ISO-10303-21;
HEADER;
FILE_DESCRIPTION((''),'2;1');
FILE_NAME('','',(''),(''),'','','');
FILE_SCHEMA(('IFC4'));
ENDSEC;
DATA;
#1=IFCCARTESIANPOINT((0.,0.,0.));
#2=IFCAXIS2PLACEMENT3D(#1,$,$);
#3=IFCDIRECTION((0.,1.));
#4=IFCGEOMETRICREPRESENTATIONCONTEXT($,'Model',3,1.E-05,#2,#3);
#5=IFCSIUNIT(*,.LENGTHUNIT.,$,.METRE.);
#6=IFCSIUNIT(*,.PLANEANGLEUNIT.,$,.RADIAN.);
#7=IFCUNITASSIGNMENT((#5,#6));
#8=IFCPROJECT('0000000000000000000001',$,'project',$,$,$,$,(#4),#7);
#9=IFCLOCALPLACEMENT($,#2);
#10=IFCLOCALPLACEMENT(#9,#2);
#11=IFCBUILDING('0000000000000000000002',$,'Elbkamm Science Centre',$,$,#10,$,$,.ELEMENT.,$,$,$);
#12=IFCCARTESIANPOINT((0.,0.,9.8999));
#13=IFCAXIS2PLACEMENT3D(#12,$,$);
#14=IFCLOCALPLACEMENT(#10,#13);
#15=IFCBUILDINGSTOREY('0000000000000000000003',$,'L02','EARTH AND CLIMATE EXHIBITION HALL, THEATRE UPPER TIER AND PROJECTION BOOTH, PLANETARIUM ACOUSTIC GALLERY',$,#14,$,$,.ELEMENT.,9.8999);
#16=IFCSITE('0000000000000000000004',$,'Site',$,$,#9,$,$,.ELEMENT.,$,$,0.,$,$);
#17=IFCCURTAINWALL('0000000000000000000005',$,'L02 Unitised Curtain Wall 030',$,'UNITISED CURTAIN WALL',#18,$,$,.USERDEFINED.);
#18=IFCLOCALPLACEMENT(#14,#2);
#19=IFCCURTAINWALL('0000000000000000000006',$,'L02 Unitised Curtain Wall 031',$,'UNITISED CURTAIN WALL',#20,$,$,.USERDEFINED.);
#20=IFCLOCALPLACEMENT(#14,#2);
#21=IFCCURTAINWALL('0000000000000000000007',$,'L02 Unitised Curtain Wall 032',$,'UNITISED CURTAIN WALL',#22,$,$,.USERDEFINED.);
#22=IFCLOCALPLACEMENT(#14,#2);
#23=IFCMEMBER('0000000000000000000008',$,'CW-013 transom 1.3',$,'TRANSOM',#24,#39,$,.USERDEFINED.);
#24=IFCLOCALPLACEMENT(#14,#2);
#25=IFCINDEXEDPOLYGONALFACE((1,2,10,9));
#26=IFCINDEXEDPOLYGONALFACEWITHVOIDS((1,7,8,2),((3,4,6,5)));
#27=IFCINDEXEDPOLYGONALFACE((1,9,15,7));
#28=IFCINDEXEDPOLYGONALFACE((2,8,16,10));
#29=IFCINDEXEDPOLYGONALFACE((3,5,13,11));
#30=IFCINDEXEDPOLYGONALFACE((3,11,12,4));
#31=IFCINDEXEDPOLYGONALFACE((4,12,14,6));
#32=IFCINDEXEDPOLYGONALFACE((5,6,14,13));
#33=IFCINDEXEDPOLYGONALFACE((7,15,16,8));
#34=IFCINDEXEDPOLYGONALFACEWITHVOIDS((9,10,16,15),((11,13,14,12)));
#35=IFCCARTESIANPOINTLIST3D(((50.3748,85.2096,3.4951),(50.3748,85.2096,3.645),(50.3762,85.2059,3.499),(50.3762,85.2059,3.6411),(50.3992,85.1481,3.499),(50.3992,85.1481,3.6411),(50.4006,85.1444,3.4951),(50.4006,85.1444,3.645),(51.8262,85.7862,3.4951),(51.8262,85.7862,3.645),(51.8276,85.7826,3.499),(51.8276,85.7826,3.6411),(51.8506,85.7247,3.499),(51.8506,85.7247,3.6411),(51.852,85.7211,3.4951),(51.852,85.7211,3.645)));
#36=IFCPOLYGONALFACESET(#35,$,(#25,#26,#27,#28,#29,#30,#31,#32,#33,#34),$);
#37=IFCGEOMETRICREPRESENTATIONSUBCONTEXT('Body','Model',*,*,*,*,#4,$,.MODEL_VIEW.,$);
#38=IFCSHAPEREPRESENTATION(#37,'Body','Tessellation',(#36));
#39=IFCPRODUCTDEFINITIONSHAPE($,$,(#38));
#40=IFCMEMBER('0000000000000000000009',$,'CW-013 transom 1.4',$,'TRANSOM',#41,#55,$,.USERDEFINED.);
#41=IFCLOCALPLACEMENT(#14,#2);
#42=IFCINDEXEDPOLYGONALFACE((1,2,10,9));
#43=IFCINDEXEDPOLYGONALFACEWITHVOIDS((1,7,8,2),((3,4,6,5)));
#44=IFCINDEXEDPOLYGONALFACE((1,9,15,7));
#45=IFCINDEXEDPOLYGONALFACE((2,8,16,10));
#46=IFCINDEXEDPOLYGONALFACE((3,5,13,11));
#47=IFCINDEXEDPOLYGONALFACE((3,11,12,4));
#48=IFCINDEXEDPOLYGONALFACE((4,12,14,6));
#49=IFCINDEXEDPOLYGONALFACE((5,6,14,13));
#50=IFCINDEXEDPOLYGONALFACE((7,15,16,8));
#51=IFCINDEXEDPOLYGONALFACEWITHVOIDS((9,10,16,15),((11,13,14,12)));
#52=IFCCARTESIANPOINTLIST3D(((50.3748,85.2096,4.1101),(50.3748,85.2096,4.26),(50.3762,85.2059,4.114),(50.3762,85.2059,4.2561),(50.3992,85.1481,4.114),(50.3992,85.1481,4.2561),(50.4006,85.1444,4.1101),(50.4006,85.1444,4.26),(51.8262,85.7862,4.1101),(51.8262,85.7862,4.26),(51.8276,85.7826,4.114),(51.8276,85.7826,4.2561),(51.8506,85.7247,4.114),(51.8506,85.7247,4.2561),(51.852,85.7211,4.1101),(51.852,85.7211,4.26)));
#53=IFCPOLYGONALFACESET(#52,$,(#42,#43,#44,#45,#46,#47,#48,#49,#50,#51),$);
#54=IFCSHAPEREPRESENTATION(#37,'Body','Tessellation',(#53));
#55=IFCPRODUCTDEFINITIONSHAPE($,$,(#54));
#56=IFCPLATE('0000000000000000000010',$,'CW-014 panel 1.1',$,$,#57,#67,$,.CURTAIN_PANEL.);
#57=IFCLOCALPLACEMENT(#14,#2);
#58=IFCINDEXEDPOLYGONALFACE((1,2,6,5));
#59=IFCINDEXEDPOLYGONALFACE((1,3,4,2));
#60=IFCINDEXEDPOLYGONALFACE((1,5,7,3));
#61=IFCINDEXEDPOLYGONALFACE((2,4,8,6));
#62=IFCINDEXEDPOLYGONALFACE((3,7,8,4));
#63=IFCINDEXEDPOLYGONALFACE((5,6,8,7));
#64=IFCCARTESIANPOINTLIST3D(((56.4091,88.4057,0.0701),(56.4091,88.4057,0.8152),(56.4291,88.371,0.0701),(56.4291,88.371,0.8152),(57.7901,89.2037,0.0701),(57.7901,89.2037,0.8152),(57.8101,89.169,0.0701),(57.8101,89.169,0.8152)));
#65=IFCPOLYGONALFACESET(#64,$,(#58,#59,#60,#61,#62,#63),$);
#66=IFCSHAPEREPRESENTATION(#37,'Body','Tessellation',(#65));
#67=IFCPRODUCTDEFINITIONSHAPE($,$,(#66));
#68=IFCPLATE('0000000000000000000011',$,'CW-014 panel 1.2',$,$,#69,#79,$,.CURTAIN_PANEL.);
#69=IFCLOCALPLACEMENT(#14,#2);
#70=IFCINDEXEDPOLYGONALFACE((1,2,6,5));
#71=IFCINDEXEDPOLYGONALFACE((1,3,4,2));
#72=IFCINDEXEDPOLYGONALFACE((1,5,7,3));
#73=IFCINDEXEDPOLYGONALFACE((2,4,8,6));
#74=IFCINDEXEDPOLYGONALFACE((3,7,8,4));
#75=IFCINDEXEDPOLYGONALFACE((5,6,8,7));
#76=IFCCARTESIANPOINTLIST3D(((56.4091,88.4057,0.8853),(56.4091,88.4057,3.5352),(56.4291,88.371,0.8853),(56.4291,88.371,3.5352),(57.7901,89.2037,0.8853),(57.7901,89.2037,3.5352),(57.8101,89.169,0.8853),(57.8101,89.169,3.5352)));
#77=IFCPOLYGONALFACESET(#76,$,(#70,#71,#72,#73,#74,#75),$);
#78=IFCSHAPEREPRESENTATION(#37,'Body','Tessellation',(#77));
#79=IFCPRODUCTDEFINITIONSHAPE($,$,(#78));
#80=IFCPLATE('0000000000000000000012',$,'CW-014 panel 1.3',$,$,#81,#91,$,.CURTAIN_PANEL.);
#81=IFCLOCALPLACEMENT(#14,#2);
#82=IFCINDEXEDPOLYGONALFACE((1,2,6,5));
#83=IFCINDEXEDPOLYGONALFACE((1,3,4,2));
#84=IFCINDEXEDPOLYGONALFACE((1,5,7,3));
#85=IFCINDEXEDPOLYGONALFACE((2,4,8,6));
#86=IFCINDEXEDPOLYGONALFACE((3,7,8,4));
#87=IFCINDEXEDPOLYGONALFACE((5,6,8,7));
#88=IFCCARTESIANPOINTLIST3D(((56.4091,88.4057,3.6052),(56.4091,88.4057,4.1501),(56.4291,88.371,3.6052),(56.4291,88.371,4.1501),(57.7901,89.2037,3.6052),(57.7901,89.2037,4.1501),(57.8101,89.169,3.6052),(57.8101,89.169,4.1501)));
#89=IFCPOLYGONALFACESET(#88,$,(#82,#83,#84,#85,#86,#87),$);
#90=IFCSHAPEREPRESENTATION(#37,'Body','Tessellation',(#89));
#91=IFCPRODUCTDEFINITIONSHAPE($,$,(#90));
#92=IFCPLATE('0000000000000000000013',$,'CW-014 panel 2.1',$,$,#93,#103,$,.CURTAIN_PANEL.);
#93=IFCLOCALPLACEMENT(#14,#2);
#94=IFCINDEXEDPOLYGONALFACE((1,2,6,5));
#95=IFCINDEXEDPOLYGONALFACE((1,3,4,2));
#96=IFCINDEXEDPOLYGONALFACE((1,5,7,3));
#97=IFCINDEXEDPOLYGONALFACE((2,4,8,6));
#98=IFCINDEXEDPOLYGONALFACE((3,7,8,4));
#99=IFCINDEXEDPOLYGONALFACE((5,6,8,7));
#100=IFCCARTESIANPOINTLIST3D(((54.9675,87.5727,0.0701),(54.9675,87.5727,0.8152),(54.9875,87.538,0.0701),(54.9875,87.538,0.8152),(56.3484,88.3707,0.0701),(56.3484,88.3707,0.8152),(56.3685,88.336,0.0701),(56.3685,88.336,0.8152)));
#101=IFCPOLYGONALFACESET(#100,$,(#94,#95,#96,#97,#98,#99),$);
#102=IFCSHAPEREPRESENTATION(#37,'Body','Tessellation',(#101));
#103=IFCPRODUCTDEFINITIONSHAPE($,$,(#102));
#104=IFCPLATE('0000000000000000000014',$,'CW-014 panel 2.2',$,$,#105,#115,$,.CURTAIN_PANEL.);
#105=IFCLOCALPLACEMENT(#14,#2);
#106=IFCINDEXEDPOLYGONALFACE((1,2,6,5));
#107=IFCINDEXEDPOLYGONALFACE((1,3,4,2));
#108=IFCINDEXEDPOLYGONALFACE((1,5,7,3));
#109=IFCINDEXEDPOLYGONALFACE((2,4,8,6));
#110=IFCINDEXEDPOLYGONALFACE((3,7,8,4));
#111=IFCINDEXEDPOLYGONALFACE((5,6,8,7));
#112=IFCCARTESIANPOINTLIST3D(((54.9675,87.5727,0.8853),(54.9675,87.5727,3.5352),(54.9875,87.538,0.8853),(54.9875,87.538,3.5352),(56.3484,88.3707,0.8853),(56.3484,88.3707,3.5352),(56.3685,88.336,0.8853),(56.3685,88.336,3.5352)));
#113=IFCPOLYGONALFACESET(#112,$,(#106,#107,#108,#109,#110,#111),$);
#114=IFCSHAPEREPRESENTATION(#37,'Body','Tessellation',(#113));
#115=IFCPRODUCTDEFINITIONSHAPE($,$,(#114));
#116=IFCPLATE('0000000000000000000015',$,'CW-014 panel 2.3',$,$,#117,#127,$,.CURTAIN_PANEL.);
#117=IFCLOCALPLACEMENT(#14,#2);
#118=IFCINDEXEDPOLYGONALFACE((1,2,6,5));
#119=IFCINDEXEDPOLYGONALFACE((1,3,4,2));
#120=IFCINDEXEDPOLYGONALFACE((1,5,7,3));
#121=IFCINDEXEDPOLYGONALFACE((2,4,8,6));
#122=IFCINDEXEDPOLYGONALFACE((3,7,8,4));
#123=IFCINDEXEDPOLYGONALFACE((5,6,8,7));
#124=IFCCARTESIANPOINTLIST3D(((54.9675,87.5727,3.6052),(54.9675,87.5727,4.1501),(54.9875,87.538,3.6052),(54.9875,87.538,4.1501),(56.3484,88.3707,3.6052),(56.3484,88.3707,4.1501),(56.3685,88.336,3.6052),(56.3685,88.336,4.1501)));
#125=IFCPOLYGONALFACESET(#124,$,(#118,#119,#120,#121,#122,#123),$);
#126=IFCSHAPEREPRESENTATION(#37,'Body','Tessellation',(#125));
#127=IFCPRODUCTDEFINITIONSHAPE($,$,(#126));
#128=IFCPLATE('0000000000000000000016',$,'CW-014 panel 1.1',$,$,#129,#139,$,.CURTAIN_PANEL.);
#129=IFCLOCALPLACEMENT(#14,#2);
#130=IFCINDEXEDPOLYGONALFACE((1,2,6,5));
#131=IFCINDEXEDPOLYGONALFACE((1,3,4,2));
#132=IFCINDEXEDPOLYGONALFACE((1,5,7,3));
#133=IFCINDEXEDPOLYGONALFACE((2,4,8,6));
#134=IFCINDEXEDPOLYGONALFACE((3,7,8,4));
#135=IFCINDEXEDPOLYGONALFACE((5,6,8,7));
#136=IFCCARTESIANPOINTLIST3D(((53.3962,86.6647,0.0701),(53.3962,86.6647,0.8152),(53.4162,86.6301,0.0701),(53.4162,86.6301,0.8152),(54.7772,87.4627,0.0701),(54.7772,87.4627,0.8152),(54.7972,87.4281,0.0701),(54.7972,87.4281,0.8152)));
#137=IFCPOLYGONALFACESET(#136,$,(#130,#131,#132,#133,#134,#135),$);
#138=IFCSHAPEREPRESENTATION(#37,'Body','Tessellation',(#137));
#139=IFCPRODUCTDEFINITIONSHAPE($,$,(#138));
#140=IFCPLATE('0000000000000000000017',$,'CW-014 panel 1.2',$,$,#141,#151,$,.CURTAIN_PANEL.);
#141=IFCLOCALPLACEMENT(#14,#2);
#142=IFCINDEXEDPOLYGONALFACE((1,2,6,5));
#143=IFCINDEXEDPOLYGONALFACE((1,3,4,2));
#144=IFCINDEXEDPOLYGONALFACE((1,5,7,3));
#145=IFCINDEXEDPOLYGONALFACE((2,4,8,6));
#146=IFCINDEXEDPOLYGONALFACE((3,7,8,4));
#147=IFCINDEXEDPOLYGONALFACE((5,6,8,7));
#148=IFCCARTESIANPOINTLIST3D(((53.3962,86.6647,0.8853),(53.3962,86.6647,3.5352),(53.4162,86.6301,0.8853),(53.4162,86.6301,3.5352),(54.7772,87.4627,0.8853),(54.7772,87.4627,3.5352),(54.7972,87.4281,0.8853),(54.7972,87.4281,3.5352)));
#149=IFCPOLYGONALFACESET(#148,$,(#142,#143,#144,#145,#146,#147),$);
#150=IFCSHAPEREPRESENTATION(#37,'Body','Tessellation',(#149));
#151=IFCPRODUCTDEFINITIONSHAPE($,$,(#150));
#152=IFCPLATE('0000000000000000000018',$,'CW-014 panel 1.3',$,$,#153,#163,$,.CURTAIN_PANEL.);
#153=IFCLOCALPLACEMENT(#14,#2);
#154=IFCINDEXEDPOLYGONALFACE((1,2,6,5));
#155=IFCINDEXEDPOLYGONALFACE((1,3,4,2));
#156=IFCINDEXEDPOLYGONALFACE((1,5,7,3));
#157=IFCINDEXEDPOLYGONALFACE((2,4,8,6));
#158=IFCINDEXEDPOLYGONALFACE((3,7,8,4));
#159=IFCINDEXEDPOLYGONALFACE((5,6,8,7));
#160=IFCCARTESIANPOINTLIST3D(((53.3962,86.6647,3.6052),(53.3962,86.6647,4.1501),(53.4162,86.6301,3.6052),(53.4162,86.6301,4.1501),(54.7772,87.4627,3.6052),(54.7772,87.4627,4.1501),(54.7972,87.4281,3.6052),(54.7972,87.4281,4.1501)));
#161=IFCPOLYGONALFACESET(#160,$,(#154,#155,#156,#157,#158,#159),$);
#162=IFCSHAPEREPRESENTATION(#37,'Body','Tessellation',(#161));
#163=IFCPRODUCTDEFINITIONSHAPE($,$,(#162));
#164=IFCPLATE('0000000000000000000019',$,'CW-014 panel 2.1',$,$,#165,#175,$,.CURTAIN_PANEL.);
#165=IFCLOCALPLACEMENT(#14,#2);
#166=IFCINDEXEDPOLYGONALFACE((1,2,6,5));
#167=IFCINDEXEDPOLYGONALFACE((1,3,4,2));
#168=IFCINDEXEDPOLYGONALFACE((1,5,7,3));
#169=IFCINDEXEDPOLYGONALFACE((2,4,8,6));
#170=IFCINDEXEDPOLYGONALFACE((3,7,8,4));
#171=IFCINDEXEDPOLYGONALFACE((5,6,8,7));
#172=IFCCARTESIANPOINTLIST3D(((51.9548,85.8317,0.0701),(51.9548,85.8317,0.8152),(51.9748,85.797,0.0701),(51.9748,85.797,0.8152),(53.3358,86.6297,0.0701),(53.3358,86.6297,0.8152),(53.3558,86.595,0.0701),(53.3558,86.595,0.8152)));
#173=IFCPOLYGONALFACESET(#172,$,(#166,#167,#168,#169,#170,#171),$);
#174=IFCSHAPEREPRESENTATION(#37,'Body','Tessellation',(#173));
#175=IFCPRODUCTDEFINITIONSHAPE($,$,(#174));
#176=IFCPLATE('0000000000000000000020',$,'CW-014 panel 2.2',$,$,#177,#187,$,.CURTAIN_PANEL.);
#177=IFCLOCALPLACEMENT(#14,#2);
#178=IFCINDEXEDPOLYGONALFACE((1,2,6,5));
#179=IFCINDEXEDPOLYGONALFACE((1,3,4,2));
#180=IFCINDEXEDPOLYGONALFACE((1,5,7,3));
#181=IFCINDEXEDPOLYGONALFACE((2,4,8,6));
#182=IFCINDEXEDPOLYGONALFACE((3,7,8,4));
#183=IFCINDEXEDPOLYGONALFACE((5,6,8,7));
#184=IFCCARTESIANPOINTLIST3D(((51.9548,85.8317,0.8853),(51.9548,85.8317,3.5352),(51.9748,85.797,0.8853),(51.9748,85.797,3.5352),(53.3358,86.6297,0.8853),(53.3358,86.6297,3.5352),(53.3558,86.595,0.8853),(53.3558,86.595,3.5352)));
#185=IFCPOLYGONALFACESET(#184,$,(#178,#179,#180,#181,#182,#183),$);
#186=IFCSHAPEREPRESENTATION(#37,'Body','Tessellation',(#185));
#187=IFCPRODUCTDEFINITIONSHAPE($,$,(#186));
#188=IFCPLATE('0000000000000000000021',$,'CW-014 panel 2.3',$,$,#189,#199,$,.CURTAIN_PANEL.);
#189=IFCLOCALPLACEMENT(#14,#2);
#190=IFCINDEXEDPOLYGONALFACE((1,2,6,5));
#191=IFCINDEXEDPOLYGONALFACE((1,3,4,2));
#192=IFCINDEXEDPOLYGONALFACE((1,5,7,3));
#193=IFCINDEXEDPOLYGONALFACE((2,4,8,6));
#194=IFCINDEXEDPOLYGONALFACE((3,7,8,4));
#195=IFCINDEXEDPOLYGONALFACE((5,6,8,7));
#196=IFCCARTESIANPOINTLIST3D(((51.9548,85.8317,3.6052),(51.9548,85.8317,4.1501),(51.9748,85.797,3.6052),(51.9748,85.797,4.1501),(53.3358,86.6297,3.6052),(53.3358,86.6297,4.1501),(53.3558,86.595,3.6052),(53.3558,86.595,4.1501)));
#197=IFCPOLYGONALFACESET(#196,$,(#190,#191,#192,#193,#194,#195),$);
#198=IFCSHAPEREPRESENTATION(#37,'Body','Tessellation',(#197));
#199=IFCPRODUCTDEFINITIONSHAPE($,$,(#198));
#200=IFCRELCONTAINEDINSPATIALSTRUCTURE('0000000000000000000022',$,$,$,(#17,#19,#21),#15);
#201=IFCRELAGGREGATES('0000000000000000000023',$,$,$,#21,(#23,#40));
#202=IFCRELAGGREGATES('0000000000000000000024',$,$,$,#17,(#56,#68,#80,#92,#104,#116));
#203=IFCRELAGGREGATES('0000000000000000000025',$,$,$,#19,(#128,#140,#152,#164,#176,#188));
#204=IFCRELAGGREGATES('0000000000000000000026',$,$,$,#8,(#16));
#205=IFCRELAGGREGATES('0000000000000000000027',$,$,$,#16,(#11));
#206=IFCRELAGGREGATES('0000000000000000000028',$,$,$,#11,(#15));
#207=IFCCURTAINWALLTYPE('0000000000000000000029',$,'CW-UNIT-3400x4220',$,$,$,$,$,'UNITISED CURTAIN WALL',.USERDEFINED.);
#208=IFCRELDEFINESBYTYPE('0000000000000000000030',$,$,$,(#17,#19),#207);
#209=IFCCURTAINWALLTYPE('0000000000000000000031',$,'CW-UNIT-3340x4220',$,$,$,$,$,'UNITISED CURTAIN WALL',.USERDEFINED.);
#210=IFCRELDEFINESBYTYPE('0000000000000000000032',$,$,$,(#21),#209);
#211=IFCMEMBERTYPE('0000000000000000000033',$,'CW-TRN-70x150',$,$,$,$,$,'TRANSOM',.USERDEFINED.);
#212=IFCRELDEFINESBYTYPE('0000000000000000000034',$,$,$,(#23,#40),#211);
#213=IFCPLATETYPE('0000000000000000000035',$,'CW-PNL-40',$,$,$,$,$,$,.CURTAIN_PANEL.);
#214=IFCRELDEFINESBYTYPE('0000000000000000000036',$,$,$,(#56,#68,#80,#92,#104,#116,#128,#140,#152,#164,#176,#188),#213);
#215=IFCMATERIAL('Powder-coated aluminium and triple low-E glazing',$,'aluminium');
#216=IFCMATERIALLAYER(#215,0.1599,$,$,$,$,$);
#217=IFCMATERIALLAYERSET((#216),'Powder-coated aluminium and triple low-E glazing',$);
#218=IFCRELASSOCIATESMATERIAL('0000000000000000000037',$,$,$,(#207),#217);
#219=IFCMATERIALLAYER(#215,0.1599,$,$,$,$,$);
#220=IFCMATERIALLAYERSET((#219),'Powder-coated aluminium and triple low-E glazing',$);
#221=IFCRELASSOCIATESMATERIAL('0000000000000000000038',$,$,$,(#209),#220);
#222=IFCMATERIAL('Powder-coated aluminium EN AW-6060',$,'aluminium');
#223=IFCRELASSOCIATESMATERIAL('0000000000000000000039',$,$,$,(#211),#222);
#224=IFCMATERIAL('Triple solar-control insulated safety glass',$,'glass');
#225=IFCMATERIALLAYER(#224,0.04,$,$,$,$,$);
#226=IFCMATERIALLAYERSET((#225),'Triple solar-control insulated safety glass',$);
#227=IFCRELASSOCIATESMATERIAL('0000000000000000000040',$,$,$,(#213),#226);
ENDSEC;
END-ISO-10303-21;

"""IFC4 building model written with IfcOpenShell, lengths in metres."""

from ifc_helpers import new_model, si_unit, direction, frame, origin, origin_2d, place, context, subcontext, project, spatial, rectangle, hollow_rectangle, extrude, material, layer, layer_set, material_profile, profile_set, type_object, element, aggregate, save


model = new_model("IFC4")

# Units and contexts
model_context = context("Model", 3, precision=1e-05, world=origin(), true_north=direction((0.0, 1.0)))
body_context = subcontext(model_context, "Body", "Model", "MODEL_VIEW")
ifc_project = project(units=[si_unit("LENGTHUNIT", "METRE"), si_unit("PLANEANGLEUNIT", "RADIAN")], contexts=[model_context])

# Site, building, storey
site_placement = place(None, origin())
site = spatial("IfcSite", under=ifc_project, at=site_placement, Name="Site", CompositionType="ELEMENT", RefElevation=0.0)
building_placement = place(site_placement, origin())
building = spatial("IfcBuilding", under=site, at=building_placement, Name="Elbkamm Science Centre", CompositionType="ELEMENT")
storey_placement = place(building_placement, frame((0.0, 0.0, 9.8999)))
storey = spatial("IfcBuildingStorey", under=building, at=storey_placement, Name="L02", Description="EARTH AND CLIMATE EXHIBITION HALL, THEATRE UPPER TIER AND PROJECTION BOOTH, PLANETARIUM ACOUSTIC GALLERY", CompositionType="ELEMENT", Elevation=9.8999)

# Curtain walls
ifc_material_1 = material(Name="Powder-coated aluminium and triple low-E glazing", Category="aluminium")
ifc_layer_1 = layer(ifc_material_1, 0.1599)
ifc_layer_set_1 = layer_set([ifc_layer_1], Name="Powder-coated aluminium and triple low-E glazing")
curtain_wall_type_1 = type_object("IfcCurtainWallType", Name="CW-UNIT-3400x4220", ElementType="UNITISED CURTAIN WALL", PredefinedType="USERDEFINED", material=ifc_layer_set_1)
curtain_wall_1_placement = place(storey_placement, origin())
curtain_wall_1 = element("IfcCurtainWall", 1, at=curtain_wall_1_placement, inside=storey, type_object=curtain_wall_type_1, Name="L02 Unitised Curtain Wall 030", ObjectType="UNITISED CURTAIN WALL", PredefinedType="USERDEFINED")
ifc_material_2 = material(Name="Powder-coated aluminium EN AW-6060", Category="aluminium")
curtain_wall_2_placement = place(storey_placement, origin())
curtain_wall_2 = element("IfcCurtainWall", 2, at=curtain_wall_2_placement, inside=storey, type_object=curtain_wall_type_1, Name="L02 Unitised Curtain Wall 031", ObjectType="UNITISED CURTAIN WALL", PredefinedType="USERDEFINED")

# Curtain wall
ifc_layer_2 = layer(ifc_material_1, 0.1599)
ifc_layer_set_2 = layer_set([ifc_layer_2], Name="Powder-coated aluminium and triple low-E glazing")
curtain_wall_type_2 = type_object("IfcCurtainWallType", Name="CW-UNIT-3340x4220", ElementType="UNITISED CURTAIN WALL", PredefinedType="USERDEFINED", material=ifc_layer_set_2)
curtain_wall_3_placement = place(storey_placement, origin())
curtain_wall_3 = element("IfcCurtainWall", 3, at=curtain_wall_3_placement, inside=storey, type_object=curtain_wall_type_2, Name="L02 Unitised Curtain Wall 032", ObjectType="UNITISED CURTAIN WALL", PredefinedType="USERDEFINED")

# Members
ifc_material_profile_1 = material_profile(ifc_material_2, hollow_rectangle(XDim=0.0701, YDim=0.1499, WallThickness=0.0039, at=origin_2d()), Name="ALU T70x150")
ifc_profile_set_1 = profile_set([ifc_material_profile_1], Name="Powder-coated aluminium EN AW-6060")
member_type_1 = type_object("IfcMemberType", Name="CW-TRN-70x150", ElementType="TRANSOM", PredefinedType="USERDEFINED", material=ifc_profile_set_1)
member_1_placement = place(storey_placement, frame((51.8391, 85.7537, 3.5701), z_axis=(-0.929337, -0.369234, 0.0), x_axis=(0.369234, -0.929337, 0.0)))
member_1 = element("IfcMember", 4, at=member_1_placement, type_object=member_type_1, Name="CW-013 transom 1.3", ObjectType="TRANSOM", PredefinedType="USERDEFINED", context=body_context, shape_type="SweptSolid", body=[
    extrude(hollow_rectangle(XDim=0.0701, YDim=0.1499, WallThickness=0.0039, at=origin_2d()), origin(), (0.0, 0.0, 1.0), 1.5618),
])
member_2_placement = place(storey_placement, frame((51.8391, 85.7537, 4.1851), z_axis=(-0.929337, -0.369234, 0.0), x_axis=(0.369234, -0.929337, 0.0)))
member_2 = element("IfcMember", 5, at=member_2_placement, type_object=member_type_1, Name="CW-013 transom 1.4", ObjectType="TRANSOM", PredefinedType="USERDEFINED", context=body_context, shape_type="SweptSolid", body=[
    extrude(hollow_rectangle(XDim=0.0701, YDim=0.1499, WallThickness=0.0039, at=origin_2d()), origin(), (0.0, 0.0, 1.0), 1.5618),
])
aggregate(curtain_wall_3, [member_1, member_2])

# Plates
ifc_material_3 = material(Name="Triple solar-control insulated safety glass", Category="glass")
ifc_layer_3 = layer(ifc_material_3, 0.04)
ifc_layer_set_3 = layer_set([ifc_layer_3], Name="Triple solar-control insulated safety glass")
plate_type = type_object("IfcPlateType", Name="CW-PNL-40", PredefinedType="CURTAIN_PANEL", material=ifc_layer_set_3)
plate_1_placement = place(storey_placement, frame((57.1096, 88.7874, 0.0701), z_axis=(0.0, 0.0, 1.0), x_axis=(-0.86584, -0.500321, 0.0)))
plate_1 = element("IfcPlate", 6, at=plate_1_placement, type_object=plate_type, Name="CW-014 panel 1.1", PredefinedType="CURTAIN_PANEL", context=body_context, shape_type="SweptSolid", body=[
    extrude(rectangle(XDim=1.595, YDim=0.04, at=origin_2d()), origin(), (0.0, 0.0, 1.0), 0.7451),
])
plate_2_placement = place(storey_placement, frame((57.1096, 88.7874, 0.8853), z_axis=(0.0, 0.0, 1.0), x_axis=(-0.86584, -0.500321, 0.0)))
plate_2 = element("IfcPlate", 7, at=plate_2_placement, type_object=plate_type, Name="CW-014 panel 1.2", PredefinedType="CURTAIN_PANEL", context=body_context, shape_type="SweptSolid", body=[
    extrude(rectangle(XDim=1.595, YDim=0.04, at=origin_2d()), origin(), (0.0, 0.0, 1.0), 2.6499),
])
plate_3_placement = place(storey_placement, frame((57.1096, 88.7874, 3.6052), z_axis=(0.0, 0.0, 1.0), x_axis=(-0.86584, -0.500321, 0.0)))
plate_3 = element("IfcPlate", 8, at=plate_3_placement, type_object=plate_type, Name="CW-014 panel 1.3", PredefinedType="CURTAIN_PANEL", context=body_context, shape_type="SweptSolid", body=[
    extrude(rectangle(XDim=1.595, YDim=0.04, at=origin_2d()), origin(), (0.0, 0.0, 1.0), 0.5449),
])
plate_4_placement = place(storey_placement, frame((55.668, 87.9543, 0.0701), z_axis=(0.0, 0.0, 1.0), x_axis=(-0.86584, -0.500321, 0.0)))
plate_4 = element("IfcPlate", 9, at=plate_4_placement, type_object=plate_type, Name="CW-014 panel 2.1", PredefinedType="CURTAIN_PANEL", context=body_context, shape_type="SweptSolid", body=[
    extrude(rectangle(XDim=1.595, YDim=0.04, at=origin_2d()), origin(), (0.0, 0.0, 1.0), 0.7451),
])
plate_5_placement = place(storey_placement, frame((55.668, 87.9543, 0.8853), z_axis=(0.0, 0.0, 1.0), x_axis=(-0.86584, -0.500321, 0.0)))
plate_5 = element("IfcPlate", 10, at=plate_5_placement, type_object=plate_type, Name="CW-014 panel 2.2", PredefinedType="CURTAIN_PANEL", context=body_context, shape_type="SweptSolid", body=[
    extrude(rectangle(XDim=1.595, YDim=0.04, at=origin_2d()), origin(), (0.0, 0.0, 1.0), 2.6499),
])
plate_6_placement = place(storey_placement, frame((55.668, 87.9543, 3.6052), z_axis=(0.0, 0.0, 1.0), x_axis=(-0.86584, -0.500321, 0.0)))
plate_6 = element("IfcPlate", 11, at=plate_6_placement, type_object=plate_type, Name="CW-014 panel 2.3", PredefinedType="CURTAIN_PANEL", context=body_context, shape_type="SweptSolid", body=[
    extrude(rectangle(XDim=1.595, YDim=0.04, at=origin_2d()), origin(), (0.0, 0.0, 1.0), 0.5449),
])
aggregate(curtain_wall_1, [plate_1, plate_2, plate_3, plate_4, plate_5, plate_6])
plate_7_placement = place(storey_placement, frame((54.0967, 87.0464, 0.0701), z_axis=(0.0, 0.0, 1.0), x_axis=(-0.86584, -0.500321, 0.0)))
plate_7 = element("IfcPlate", 12, at=plate_7_placement, type_object=plate_type, Name="CW-014 panel 1.1", PredefinedType="CURTAIN_PANEL", context=body_context, shape_type="SweptSolid", body=[
    extrude(rectangle(XDim=1.595, YDim=0.04, at=origin_2d()), origin(), (0.0, 0.0, 1.0), 0.7451),
])
plate_8_placement = place(storey_placement, frame((54.0967, 87.0464, 0.8853), z_axis=(0.0, 0.0, 1.0), x_axis=(-0.86584, -0.500321, 0.0)))
plate_8 = element("IfcPlate", 13, at=plate_8_placement, type_object=plate_type, Name="CW-014 panel 1.2", PredefinedType="CURTAIN_PANEL", context=body_context, shape_type="SweptSolid", body=[
    extrude(rectangle(XDim=1.595, YDim=0.04, at=origin_2d()), origin(), (0.0, 0.0, 1.0), 2.6499),
])
plate_9_placement = place(storey_placement, frame((54.0967, 87.0464, 3.6052), z_axis=(0.0, 0.0, 1.0), x_axis=(-0.86584, -0.500321, 0.0)))
plate_9 = element("IfcPlate", 14, at=plate_9_placement, type_object=plate_type, Name="CW-014 panel 1.3", PredefinedType="CURTAIN_PANEL", context=body_context, shape_type="SweptSolid", body=[
    extrude(rectangle(XDim=1.595, YDim=0.04, at=origin_2d()), origin(), (0.0, 0.0, 1.0), 0.5449),
])
plate_10_placement = place(storey_placement, frame((52.6553, 86.2134, 0.0701), z_axis=(0.0, 0.0, 1.0), x_axis=(-0.86584, -0.500321, 0.0)))
plate_10 = element("IfcPlate", 15, at=plate_10_placement, type_object=plate_type, Name="CW-014 panel 2.1", PredefinedType="CURTAIN_PANEL", context=body_context, shape_type="SweptSolid", body=[
    extrude(rectangle(XDim=1.595, YDim=0.04, at=origin_2d()), origin(), (0.0, 0.0, 1.0), 0.7451),
])
plate_11_placement = place(storey_placement, frame((52.6553, 86.2134, 0.8853), z_axis=(0.0, 0.0, 1.0), x_axis=(-0.86584, -0.500321, 0.0)))
plate_11 = element("IfcPlate", 16, at=plate_11_placement, type_object=plate_type, Name="CW-014 panel 2.2", PredefinedType="CURTAIN_PANEL", context=body_context, shape_type="SweptSolid", body=[
    extrude(rectangle(XDim=1.595, YDim=0.04, at=origin_2d()), origin(), (0.0, 0.0, 1.0), 2.6499),
])
plate_12_placement = place(storey_placement, frame((52.6553, 86.2134, 3.6052), z_axis=(0.0, 0.0, 1.0), x_axis=(-0.86584, -0.500321, 0.0)))
plate_12 = element("IfcPlate", 17, at=plate_12_placement, type_object=plate_type, Name="CW-014 panel 2.3", PredefinedType="CURTAIN_PANEL", context=body_context, shape_type="SweptSolid", body=[
    extrude(rectangle(XDim=1.595, YDim=0.04, at=origin_2d()), origin(), (0.0, 0.0, 1.0), 0.5449),
])
aggregate(curtain_wall_2, [plate_7, plate_8, plate_9, plate_10, plate_11, plate_12])

save(model, "model.ifc")
